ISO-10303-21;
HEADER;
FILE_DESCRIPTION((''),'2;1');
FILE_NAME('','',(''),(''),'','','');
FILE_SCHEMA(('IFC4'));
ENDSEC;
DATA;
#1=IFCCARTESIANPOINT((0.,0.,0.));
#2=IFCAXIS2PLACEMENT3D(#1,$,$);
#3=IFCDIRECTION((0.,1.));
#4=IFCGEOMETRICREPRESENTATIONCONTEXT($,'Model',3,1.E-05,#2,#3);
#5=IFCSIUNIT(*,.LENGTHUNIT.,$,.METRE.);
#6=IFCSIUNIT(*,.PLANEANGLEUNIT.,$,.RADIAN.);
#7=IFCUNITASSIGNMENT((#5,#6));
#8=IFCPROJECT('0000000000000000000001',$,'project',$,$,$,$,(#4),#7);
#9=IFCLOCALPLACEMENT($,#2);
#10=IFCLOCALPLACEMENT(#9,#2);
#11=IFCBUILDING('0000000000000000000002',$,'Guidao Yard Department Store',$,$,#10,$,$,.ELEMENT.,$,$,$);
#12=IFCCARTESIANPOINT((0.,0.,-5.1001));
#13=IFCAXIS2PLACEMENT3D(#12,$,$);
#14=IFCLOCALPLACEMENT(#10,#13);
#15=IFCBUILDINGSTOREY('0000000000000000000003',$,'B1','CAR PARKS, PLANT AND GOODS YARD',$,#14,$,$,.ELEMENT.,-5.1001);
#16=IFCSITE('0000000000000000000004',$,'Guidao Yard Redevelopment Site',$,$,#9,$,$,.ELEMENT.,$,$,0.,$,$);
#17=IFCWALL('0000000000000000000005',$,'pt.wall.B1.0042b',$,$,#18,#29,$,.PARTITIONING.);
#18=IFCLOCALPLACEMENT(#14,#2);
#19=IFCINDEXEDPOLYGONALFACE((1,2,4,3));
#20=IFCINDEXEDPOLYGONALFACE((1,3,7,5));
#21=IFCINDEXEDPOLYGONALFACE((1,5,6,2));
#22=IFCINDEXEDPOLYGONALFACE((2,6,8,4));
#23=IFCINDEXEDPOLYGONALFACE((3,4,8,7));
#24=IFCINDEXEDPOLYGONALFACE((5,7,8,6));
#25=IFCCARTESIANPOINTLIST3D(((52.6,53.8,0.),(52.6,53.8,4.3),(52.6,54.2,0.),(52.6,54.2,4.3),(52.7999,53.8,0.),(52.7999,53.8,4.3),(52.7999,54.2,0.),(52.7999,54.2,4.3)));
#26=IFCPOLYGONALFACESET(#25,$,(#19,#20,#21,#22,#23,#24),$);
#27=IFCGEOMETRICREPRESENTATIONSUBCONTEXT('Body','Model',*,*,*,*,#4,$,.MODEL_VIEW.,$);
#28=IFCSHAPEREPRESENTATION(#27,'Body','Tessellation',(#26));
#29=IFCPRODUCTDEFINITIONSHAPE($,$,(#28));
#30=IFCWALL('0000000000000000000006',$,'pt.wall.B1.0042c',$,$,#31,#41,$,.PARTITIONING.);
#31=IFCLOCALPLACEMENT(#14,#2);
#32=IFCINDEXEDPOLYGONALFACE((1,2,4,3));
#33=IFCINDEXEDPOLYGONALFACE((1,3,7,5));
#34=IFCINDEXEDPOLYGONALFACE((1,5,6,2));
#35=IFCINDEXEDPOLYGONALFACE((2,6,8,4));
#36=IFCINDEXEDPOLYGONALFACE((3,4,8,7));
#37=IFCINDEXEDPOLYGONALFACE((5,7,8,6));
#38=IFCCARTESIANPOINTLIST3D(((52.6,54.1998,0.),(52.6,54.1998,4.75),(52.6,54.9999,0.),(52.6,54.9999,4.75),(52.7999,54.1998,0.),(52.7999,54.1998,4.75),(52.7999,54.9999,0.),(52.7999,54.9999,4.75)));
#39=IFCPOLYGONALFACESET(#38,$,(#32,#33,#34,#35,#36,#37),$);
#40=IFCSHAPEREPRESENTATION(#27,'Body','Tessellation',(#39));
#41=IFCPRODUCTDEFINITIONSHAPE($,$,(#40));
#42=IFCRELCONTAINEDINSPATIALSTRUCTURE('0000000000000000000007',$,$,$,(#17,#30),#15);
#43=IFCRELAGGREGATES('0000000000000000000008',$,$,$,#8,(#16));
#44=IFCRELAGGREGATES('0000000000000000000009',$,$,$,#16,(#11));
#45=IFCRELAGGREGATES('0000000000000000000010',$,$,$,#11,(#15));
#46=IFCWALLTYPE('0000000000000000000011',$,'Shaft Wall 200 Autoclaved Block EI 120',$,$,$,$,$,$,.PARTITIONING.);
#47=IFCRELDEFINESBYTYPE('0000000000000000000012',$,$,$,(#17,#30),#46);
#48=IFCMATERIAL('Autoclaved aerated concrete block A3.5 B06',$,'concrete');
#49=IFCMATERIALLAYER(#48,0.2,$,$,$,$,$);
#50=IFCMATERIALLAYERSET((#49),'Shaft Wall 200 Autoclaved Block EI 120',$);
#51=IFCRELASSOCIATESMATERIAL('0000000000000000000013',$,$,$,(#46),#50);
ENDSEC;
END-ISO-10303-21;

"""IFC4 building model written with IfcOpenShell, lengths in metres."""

from ifc_helpers import new_model, si_unit, direction, frame, frame_2d, origin, place, context, subcontext, project, spatial, rectangle, extrude, material, layer, layer_set, type_object, element, save


model = new_model("IFC4")

# Units and contexts
model_context = context("Model", 3, precision=1e-05, world=origin(), true_north=direction((0.0, 1.0)))
body_context = subcontext(model_context, "Body", "Model", "MODEL_VIEW")
ifc_project = project(units=[si_unit("LENGTHUNIT", "METRE"), si_unit("PLANEANGLEUNIT", "RADIAN")], contexts=[model_context])

# Site, building, storey
site_placement = place(None, origin())
site = spatial("IfcSite", under=ifc_project, at=site_placement, Name="Guidao Yard Redevelopment Site", CompositionType="ELEMENT", RefElevation=0.0)
building_placement = place(site_placement, origin())
building = spatial("IfcBuilding", under=site, at=building_placement, Name="Guidao Yard Department Store", CompositionType="ELEMENT")
storey_placement = place(building_placement, frame((0.0, 0.0, -5.1001)))
storey = spatial("IfcBuildingStorey", under=building, at=storey_placement, Name="B1", Description="CAR PARKS, PLANT AND GOODS YARD", CompositionType="ELEMENT", Elevation=-5.1001)

# Shared definitions
ifc_material_1 = material(Name="Autoclaved aerated concrete block A3.5 B06", Category="concrete")
ifc_layer = layer(ifc_material_1, 0.2)
ifc_layer_set = layer_set([ifc_layer], Name="Shaft Wall 200 Autoclaved Block EI 120")
wall_type = type_object("IfcWallType", Name="Shaft Wall 200 Autoclaved Block EI 120", PredefinedType="PARTITIONING", material=ifc_layer_set)

# Walls
wall_1_placement = place(storey_placement, frame((52.7, 53.8, 0.0), z_axis=(0.0, 0.0, 1.0), x_axis=(0.0, 1.0, 0.0)))
element("IfcWall", 1, at=wall_1_placement, inside=storey, type_object=wall_type, Name="pt.wall.B1.0042b", PredefinedType="PARTITIONING", context=body_context, shape_type="SweptSolid", body=[
    extrude(rectangle(XDim=0.3999, YDim=0.2, at=frame_2d((0.2, 0.0))), origin(), (0.0, 0.0, 1.0), 4.3),
])
wall_2_placement = place(storey_placement, frame((52.7, 54.2, 0.0), z_axis=(0.0, 0.0, 1.0), x_axis=(0.0, 1.0, 0.0)))
element("IfcWall", 2, at=wall_2_placement, inside=storey, type_object=wall_type, Name="pt.wall.B1.0042c", PredefinedType="PARTITIONING", context=body_context, shape_type="SweptSolid", body=[
    extrude(rectangle(XDim=0.8, YDim=0.2, at=frame_2d((0.3999, 0.0))), origin(), (0.0, 0.0, 1.0), 4.75),
])

save(model, "model.ifc")
